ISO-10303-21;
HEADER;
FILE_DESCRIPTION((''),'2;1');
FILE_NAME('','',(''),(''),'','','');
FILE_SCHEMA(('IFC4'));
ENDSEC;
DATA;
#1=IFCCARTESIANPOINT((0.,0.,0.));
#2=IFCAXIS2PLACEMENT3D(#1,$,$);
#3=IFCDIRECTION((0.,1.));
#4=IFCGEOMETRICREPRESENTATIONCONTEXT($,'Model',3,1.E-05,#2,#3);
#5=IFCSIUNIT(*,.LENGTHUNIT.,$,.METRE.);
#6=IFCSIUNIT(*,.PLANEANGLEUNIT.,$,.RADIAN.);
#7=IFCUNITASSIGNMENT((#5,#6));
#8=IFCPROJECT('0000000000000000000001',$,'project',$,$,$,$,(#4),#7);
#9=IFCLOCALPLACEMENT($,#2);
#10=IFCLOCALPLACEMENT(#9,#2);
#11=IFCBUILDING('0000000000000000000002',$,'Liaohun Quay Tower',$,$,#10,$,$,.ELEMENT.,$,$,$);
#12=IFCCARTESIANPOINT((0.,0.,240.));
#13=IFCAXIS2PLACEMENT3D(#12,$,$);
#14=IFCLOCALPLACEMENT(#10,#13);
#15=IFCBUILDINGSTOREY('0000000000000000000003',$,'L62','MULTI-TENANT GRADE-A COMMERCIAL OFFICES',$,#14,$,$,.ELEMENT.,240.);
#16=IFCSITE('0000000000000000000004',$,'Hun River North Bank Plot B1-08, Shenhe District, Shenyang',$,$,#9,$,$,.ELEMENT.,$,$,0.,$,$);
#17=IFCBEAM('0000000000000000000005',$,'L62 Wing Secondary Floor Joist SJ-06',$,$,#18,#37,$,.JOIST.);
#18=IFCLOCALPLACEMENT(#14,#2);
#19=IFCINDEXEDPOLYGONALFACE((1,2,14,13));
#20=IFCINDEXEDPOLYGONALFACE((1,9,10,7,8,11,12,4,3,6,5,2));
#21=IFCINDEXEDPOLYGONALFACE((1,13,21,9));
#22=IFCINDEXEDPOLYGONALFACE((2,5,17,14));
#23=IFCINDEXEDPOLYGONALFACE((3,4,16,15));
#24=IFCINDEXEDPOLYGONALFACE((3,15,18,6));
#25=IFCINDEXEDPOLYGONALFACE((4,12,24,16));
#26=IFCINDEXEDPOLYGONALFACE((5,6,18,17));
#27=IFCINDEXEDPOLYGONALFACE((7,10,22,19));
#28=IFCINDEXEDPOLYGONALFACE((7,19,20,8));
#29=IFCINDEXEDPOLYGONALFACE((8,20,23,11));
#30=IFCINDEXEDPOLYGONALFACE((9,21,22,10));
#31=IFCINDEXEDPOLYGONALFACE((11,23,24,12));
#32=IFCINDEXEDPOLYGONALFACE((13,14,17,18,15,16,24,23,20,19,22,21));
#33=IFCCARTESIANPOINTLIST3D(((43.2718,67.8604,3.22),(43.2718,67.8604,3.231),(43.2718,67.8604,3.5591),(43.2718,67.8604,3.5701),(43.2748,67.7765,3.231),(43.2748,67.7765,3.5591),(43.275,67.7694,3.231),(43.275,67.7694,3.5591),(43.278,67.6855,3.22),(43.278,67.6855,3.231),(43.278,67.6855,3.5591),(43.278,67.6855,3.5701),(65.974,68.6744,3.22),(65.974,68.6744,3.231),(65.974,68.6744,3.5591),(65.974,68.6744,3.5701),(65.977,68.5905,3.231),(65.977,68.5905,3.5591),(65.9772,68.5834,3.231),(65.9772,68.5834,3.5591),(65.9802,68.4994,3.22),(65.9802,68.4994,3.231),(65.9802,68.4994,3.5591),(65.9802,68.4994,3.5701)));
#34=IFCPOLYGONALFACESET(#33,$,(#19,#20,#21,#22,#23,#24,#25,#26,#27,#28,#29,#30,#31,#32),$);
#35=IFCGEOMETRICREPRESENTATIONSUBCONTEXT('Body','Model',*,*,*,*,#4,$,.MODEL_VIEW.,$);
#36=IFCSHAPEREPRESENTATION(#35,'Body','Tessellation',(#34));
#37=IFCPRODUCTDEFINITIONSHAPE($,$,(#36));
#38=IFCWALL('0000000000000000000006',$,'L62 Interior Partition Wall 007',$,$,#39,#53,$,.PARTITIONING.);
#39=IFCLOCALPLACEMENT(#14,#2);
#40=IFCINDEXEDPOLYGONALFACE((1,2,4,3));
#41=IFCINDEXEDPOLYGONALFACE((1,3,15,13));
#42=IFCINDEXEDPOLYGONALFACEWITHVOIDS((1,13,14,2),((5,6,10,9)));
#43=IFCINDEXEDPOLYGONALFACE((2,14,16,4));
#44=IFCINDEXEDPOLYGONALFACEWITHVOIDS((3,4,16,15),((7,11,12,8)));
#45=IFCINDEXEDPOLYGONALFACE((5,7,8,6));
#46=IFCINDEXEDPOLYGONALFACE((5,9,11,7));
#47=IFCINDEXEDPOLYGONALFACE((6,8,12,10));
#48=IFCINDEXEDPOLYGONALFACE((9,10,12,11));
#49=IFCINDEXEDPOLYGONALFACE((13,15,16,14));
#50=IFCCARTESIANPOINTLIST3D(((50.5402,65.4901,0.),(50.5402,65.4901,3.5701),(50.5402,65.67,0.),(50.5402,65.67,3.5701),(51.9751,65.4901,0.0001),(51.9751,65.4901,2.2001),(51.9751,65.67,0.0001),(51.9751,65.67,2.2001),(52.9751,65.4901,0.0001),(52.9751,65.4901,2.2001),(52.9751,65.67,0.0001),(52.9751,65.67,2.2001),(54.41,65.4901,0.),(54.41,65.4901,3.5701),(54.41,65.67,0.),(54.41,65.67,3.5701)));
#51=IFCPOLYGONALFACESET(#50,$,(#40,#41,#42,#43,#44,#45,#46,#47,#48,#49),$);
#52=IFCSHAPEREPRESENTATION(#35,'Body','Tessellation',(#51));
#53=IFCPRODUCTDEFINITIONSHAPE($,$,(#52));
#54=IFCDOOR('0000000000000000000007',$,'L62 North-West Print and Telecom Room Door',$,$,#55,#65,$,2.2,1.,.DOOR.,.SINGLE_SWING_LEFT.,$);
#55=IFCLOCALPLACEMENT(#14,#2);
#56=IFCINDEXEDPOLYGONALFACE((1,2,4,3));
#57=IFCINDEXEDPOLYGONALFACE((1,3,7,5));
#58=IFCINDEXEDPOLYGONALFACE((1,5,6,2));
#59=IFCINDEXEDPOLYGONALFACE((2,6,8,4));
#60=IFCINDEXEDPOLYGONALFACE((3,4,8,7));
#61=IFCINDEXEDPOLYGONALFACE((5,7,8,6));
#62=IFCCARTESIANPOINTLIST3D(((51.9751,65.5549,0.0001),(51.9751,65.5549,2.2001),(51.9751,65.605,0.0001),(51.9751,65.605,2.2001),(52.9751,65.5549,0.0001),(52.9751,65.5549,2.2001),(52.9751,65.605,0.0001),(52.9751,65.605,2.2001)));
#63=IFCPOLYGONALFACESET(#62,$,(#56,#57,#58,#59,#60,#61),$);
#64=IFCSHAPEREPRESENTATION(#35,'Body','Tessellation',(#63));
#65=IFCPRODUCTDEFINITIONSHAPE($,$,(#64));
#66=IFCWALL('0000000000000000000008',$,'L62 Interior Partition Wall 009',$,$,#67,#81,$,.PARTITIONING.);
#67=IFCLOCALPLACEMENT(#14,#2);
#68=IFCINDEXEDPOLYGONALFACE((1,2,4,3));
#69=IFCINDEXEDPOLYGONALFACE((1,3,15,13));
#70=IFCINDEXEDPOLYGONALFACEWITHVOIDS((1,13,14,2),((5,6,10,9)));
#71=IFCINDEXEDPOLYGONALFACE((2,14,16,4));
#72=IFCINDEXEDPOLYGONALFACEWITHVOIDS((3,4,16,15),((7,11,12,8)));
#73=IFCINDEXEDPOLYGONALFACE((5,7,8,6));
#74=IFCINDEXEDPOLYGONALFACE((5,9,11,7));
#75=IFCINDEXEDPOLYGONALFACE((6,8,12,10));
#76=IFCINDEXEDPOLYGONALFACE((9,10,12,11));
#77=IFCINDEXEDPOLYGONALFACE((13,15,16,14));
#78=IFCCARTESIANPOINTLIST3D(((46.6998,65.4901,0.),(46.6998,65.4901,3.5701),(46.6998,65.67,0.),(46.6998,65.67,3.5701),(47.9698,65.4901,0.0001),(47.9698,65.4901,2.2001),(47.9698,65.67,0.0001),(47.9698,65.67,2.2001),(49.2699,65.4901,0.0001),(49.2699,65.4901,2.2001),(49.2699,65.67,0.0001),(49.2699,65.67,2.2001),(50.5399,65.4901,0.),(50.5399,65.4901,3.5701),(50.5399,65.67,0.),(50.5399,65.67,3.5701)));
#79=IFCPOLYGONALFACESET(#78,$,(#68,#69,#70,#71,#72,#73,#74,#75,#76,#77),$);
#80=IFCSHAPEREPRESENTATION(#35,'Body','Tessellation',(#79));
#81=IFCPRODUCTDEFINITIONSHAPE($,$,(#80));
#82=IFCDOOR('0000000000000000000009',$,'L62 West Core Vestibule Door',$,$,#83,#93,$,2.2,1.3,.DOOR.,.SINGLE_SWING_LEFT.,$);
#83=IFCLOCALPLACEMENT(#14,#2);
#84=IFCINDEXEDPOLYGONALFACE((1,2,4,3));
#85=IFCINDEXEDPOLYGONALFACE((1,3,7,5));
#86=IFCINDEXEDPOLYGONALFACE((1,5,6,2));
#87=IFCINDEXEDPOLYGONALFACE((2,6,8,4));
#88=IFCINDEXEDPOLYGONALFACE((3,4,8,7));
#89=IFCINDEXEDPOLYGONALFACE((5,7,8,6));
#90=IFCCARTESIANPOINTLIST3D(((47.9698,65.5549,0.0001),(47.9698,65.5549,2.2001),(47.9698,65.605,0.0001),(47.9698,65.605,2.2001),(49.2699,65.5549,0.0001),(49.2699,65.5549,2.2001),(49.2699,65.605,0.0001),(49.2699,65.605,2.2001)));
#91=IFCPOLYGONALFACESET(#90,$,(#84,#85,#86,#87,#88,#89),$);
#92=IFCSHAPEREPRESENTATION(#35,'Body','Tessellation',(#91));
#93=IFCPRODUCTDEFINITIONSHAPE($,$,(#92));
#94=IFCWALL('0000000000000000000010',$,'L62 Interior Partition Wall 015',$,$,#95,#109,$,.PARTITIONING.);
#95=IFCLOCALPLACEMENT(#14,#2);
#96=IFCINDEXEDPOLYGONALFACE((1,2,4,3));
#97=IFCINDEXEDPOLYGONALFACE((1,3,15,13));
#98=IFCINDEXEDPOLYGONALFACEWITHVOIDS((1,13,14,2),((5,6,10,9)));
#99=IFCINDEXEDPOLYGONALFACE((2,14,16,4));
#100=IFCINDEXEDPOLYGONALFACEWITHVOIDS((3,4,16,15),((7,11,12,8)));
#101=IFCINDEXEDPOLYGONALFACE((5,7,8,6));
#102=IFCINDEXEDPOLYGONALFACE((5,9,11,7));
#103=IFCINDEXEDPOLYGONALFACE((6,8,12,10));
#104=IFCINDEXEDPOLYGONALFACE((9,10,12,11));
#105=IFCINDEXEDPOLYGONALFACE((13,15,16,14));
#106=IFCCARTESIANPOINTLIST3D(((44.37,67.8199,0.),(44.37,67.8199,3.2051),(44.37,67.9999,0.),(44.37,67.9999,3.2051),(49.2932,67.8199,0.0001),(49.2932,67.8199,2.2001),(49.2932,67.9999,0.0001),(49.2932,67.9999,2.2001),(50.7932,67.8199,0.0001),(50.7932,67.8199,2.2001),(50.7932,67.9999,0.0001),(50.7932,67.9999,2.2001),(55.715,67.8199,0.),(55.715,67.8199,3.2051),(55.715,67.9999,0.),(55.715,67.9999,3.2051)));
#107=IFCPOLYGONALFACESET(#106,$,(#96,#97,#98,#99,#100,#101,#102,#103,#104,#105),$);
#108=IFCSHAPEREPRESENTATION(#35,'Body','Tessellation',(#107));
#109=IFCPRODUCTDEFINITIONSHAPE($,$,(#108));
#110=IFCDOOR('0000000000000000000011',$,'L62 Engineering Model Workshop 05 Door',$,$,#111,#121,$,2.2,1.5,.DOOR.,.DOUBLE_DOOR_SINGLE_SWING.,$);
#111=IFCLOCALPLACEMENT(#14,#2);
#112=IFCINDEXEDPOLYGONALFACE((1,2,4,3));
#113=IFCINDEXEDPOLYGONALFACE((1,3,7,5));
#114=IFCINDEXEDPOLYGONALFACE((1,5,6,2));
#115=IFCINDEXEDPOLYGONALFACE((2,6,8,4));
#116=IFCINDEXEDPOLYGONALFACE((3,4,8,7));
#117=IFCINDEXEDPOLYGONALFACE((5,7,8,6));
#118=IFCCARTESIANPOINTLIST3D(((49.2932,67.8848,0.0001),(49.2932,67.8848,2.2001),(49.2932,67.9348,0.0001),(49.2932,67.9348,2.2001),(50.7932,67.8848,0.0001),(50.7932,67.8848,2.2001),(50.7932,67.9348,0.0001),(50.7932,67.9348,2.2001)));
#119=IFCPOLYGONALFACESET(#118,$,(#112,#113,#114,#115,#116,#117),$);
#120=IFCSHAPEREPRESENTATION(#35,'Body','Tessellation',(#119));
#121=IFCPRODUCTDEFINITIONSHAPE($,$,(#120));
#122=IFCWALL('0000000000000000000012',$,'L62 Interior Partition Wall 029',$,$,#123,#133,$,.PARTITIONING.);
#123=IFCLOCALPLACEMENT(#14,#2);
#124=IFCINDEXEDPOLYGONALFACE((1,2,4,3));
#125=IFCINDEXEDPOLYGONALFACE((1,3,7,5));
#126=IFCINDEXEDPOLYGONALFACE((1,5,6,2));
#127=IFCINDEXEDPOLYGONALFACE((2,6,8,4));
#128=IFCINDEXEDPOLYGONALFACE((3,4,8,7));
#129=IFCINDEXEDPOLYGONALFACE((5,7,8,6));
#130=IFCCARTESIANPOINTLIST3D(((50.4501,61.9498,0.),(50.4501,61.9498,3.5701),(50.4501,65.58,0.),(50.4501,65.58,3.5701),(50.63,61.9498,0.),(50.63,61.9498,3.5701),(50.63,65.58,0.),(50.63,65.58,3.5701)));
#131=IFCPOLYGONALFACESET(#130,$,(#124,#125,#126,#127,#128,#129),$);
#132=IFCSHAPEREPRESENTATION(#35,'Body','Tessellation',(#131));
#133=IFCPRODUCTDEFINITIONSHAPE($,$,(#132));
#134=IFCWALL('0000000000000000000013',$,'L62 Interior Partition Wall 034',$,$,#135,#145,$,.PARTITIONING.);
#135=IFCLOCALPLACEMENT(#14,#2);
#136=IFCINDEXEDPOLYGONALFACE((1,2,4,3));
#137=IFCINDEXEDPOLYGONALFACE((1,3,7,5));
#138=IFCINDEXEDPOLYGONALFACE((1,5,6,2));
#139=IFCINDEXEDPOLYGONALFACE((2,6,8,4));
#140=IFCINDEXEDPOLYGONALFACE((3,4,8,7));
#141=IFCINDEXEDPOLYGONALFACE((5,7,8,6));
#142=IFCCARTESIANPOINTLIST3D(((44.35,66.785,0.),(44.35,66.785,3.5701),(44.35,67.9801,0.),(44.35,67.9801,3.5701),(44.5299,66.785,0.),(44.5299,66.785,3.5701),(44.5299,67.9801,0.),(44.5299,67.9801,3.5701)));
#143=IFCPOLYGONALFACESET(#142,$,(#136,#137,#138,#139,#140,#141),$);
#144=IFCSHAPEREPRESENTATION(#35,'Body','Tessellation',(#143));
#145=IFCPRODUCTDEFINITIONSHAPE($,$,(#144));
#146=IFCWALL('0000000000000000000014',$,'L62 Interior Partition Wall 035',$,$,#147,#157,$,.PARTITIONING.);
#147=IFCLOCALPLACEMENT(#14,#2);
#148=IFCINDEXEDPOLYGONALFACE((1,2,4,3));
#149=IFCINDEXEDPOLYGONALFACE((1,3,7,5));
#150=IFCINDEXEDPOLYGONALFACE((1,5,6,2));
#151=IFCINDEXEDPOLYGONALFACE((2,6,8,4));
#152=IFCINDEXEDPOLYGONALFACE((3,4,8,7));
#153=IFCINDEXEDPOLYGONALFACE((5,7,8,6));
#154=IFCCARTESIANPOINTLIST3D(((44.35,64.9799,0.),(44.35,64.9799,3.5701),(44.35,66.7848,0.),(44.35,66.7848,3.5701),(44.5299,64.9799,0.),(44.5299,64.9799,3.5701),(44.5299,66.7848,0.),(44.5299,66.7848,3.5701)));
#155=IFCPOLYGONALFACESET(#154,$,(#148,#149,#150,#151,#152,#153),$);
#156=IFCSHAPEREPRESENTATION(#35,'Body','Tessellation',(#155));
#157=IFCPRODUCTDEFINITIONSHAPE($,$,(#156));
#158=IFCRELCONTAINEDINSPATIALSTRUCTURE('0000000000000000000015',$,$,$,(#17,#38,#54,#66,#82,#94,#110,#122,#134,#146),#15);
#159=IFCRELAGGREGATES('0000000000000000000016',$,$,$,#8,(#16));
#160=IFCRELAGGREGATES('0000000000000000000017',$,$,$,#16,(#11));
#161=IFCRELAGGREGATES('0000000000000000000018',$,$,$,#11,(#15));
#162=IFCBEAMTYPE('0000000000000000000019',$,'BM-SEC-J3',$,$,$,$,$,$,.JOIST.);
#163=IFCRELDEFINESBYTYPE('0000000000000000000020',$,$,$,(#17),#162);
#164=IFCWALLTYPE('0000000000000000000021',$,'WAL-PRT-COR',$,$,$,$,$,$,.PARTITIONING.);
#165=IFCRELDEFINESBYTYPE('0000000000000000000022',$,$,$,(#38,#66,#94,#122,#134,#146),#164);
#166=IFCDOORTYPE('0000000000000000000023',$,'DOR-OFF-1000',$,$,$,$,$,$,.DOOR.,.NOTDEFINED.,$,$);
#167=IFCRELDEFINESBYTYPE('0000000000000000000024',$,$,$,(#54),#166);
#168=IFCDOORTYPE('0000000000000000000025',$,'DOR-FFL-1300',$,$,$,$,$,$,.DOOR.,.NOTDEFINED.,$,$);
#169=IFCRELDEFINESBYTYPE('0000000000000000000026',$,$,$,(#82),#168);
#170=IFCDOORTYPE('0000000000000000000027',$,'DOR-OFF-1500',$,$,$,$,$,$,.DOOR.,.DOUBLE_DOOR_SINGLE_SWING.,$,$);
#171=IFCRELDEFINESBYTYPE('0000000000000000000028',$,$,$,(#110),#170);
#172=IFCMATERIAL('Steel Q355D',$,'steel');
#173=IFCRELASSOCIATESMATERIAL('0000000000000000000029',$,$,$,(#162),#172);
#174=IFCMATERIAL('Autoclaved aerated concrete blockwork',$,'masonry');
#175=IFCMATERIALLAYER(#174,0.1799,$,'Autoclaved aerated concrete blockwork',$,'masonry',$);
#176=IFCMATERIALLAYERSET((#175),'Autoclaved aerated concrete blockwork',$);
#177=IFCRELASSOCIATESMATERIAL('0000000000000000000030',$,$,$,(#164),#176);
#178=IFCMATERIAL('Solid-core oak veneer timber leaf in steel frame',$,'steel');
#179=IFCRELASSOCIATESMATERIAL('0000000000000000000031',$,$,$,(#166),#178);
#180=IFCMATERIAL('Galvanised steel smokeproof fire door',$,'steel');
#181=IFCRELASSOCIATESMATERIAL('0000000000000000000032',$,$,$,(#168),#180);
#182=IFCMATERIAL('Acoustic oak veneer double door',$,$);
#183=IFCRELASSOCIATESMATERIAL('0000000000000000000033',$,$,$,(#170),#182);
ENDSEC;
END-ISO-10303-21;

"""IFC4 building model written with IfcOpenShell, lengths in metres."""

from ifc_helpers import new_model, si_unit, direction, frame, frame_2d, origin, origin_2d, place, context, subcontext, project, spatial, rectangle, i_section, extrude, source, transform, mapped, material, layer, layer_set, material_profile, profile_set, type_object, element, fill, save


model = new_model("IFC4")

# Units and contexts
model_context = context("Model", 3, precision=1e-05, world=origin(), true_north=direction((0.0, 1.0)))
body_context = subcontext(model_context, "Body", "Model", "MODEL_VIEW")
ifc_project = project(units=[si_unit("LENGTHUNIT", "METRE"), si_unit("PLANEANGLEUNIT", "RADIAN")], contexts=[model_context])

# Site, building, storey
site_placement = place(None, origin())
site = spatial("IfcSite", under=ifc_project, at=site_placement, Name="Hun River North Bank Plot B1-08, Shenhe District, Shenyang", CompositionType="ELEMENT", RefElevation=0.0)
building_placement = place(site_placement, origin())
building = spatial("IfcBuilding", under=site, at=building_placement, Name="Liaohun Quay Tower", CompositionType="ELEMENT")
storey_placement = place(building_placement, frame((0.0, 0.0, 240.0)))
storey = spatial("IfcBuildingStorey", under=building, at=storey_placement, Name="L62", Description="MULTI-TENANT GRADE-A COMMERCIAL OFFICES", CompositionType="ELEMENT", Elevation=240.0)

# Beam
ifc_material_1 = material(Name="Steel Q355D", Category="steel")
ifc_material_profile = material_profile(ifc_material_1, i_section(OverallWidth=0.175, OverallDepth=0.3501, WebThickness=0.0071, FlangeThickness=0.011, at=origin_2d()), Name="HN350x175x7x11")
ifc_profile_set = profile_set([ifc_material_profile], Name="Steel Q355D")
beam_type = type_object("IfcBeamType", Name="BM-SEC-J3", PredefinedType="JOIST", material=ifc_profile_set)
shared_shape_1 = source(origin(), body_context, "Body", "SweptSolid", [
    extrude(i_section(OverallWidth=0.175, OverallDepth=0.3501, WebThickness=0.0071, FlangeThickness=0.011, at=origin_2d()), origin(), (0.0, 0.0, 1.0), 22.7168),
])
beam_placement = place(storey_placement, frame((43.2749, 67.7729, 3.395), z_axis=(0.999358, 0.035831, 0.0), x_axis=(-0.035831, 0.999358, 0.0)))
element("IfcBeam", 1, at=beam_placement, inside=storey, type_object=beam_type, Name="L62 Wing Secondary Floor Joist SJ-06", PredefinedType="JOIST", context=body_context, shape_type="MappedRepresentation", body=[
    mapped(shared_shape_1, transform((0.0, 0.0, 0.0), x_axis=(1.0, 0.0, 0.0), y_axis=(0.0, 1.0, 0.0), z_axis=(0.0, 0.0, 1.0), scale=1.0)),
])

# Walls, openings, doors
ifc_material_2 = material(Name="Autoclaved aerated concrete blockwork", Category="masonry")
ifc_layer_1 = layer(ifc_material_2, 0.1799, Name="Autoclaved aerated concrete blockwork", Category="masonry")
ifc_layer_set_1 = layer_set([ifc_layer_1], Name="Autoclaved aerated concrete blockwork")
wall_type_1 = type_object("IfcWallType", Name="WAL-PRT-COR", PredefinedType="PARTITIONING", material=ifc_layer_set_1)
wall_1_placement = place(storey_placement, frame((50.54, 65.5801, 0.0), z_axis=(0.0, 0.0, 1.0), x_axis=(1.0, 0.0, 0.0)))
wall_1 = element("IfcWall", 2, at=wall_1_placement, inside=storey, type_object=wall_type_1, Name="L62 Interior Partition Wall 007", PredefinedType="PARTITIONING", context=body_context, shape_type="SweptSolid", body=[
    extrude(rectangle(XDim=3.8699, YDim=0.1799, at=frame_2d((1.9351, 0.0))), origin(), (0.0, 0.0, 1.0), 3.5701),
])
shared_shape_2 = source(origin(), body_context, "Body", "SweptSolid", [
    extrude(rectangle(XDim=1.0, YDim=2.2, at=frame_2d((0.5, 1.1001))), frame((0.0, 0.0999, 0.0), z_axis=(0.0, -1.0, 0.0), x_axis=(1.0, 0.0, 0.0)), (0.0, 0.0, 1.0), 0.2),
])
opening_1_placement = place(wall_1_placement, frame((1.4351, 0.0, 0.0)))
opening_1 = element("IfcOpeningElement", 3, at=opening_1_placement, cuts=wall_1, PredefinedType="OPENING", context=body_context, shape_type="MappedRepresentation", body=[
    mapped(shared_shape_2, transform((0.0, 0.0, 0.0), x_axis=(1.0, 0.0, 0.0), y_axis=(0.0, 1.0, 0.0), z_axis=(0.0, 0.0, 1.0), scale=1.0)),
])
ifc_material_3 = material(Name="Solid-core oak veneer timber leaf in steel frame", Category="steel")
door_type_1 = type_object("IfcDoorType", Name="DOR-OFF-1000", OperationType="NOTDEFINED", PredefinedType="DOOR", material=ifc_material_3)
shared_shape_3 = source(origin(), body_context, "Body", "SweptSolid", [
    extrude(rectangle(XDim=1.0, YDim=2.2, at=frame_2d((0.5, 1.1001))), frame((0.0, 0.0249, 0.0), z_axis=(0.0, -1.0, 0.0), x_axis=(1.0, 0.0, 0.0)), (0.0, 0.0, 1.0), 0.05),
])
door_1_placement = place(opening_1_placement, origin())
door_1 = element("IfcDoor", 4, at=door_1_placement, inside=storey, type_object=door_type_1, Name="L62 North-West Print and Telecom Room Door", OperationType="SINGLE_SWING_LEFT", OverallHeight=2.2, OverallWidth=1.0, PredefinedType="DOOR", context=body_context, shape_type="MappedRepresentation", body=[
    mapped(shared_shape_3, transform((0.0, 0.0, 0.0), x_axis=(1.0, 0.0, 0.0), y_axis=(0.0, 1.0, 0.0), z_axis=(0.0, 0.0, 1.0), scale=1.0)),
])
fill(opening_1, door_1)
wall_2_placement = place(storey_placement, frame((46.7, 65.5801, 0.0), z_axis=(0.0, 0.0, 1.0), x_axis=(1.0, 0.0, 0.0)))
wall_2 = element("IfcWall", 5, at=wall_2_placement, inside=storey, type_object=wall_type_1, Name="L62 Interior Partition Wall 009", PredefinedType="PARTITIONING", context=body_context, shape_type="SweptSolid", body=[
    extrude(rectangle(XDim=3.8401, YDim=0.1799, at=frame_2d((1.9199, 0.0))), origin(), (0.0, 0.0, 1.0), 3.5701),
])
shared_shape_4 = source(origin(), body_context, "Body", "SweptSolid", [
    extrude(rectangle(XDim=1.3, YDim=2.2, at=frame_2d((0.6499, 1.1001))), frame((0.0, 0.0999, 0.0), z_axis=(0.0, -1.0, 0.0), x_axis=(1.0, 0.0, 0.0)), (0.0, 0.0, 1.0), 0.2),
])
opening_2_placement = place(wall_2_placement, frame((1.27, 0.0, 0.0)))
opening_2 = element("IfcOpeningElement", 6, at=opening_2_placement, cuts=wall_2, PredefinedType="OPENING", context=body_context, shape_type="MappedRepresentation", body=[
    mapped(shared_shape_4, transform((0.0, 0.0, 0.0), x_axis=(1.0, 0.0, 0.0), y_axis=(0.0, 1.0, 0.0), z_axis=(0.0, 0.0, 1.0), scale=1.0)),
])
ifc_material_4 = material(Name="Galvanised steel smokeproof fire door", Category="steel")
door_type_2 = type_object("IfcDoorType", Name="DOR-FFL-1300", OperationType="NOTDEFINED", PredefinedType="DOOR", material=ifc_material_4)
shared_shape_5 = source(origin(), body_context, "Body", "SweptSolid", [
    extrude(rectangle(XDim=1.3, YDim=2.2, at=frame_2d((0.6499, 1.1001))), frame((0.0, 0.0249, 0.0), z_axis=(0.0, -1.0, 0.0), x_axis=(1.0, 0.0, 0.0)), (0.0, 0.0, 1.0), 0.05),
])
door_2_placement = place(opening_2_placement, origin())
door_2 = element("IfcDoor", 7, at=door_2_placement, inside=storey, type_object=door_type_2, Name="L62 West Core Vestibule Door", OperationType="SINGLE_SWING_LEFT", OverallHeight=2.2, OverallWidth=1.3, PredefinedType="DOOR", context=body_context, shape_type="MappedRepresentation", body=[
    mapped(shared_shape_5, transform((0.0, 0.0, 0.0), x_axis=(1.0, 0.0, 0.0), y_axis=(0.0, 1.0, 0.0), z_axis=(0.0, 0.0, 1.0), scale=1.0)),
])
fill(opening_2, door_2)
wall_3_placement = place(storey_placement, frame((44.3701, 67.9099, 0.0), z_axis=(0.0, 0.0, 1.0), x_axis=(1.0, 0.0, 0.0)))
wall_3 = element("IfcWall", 8, at=wall_3_placement, inside=storey, type_object=wall_type_1, Name="L62 Interior Partition Wall 015", PredefinedType="PARTITIONING", context=body_context, shape_type="SweptSolid", body=[
    extrude(rectangle(XDim=11.345, YDim=0.1799, at=frame_2d((5.6724, 0.0))), origin(), (0.0, 0.0, 1.0), 3.2051),
])
shared_shape_6 = source(origin(), body_context, "Body", "SweptSolid", [
    extrude(rectangle(XDim=1.5, YDim=2.2, at=frame_2d((0.75, 1.1001))), frame((0.0, 0.0999, 0.0), z_axis=(0.0, -1.0, 0.0), x_axis=(1.0, 0.0, 0.0)), (0.0, 0.0, 1.0), 0.2),
])
opening_3_placement = place(wall_3_placement, frame((4.9231, 0.0, 0.0)))
opening_3 = element("IfcOpeningElement", 9, at=opening_3_placement, cuts=wall_3, PredefinedType="OPENING", context=body_context, shape_type="MappedRepresentation", body=[
    mapped(shared_shape_6, transform((0.0, 0.0, 0.0), x_axis=(1.0, 0.0, 0.0), y_axis=(0.0, 1.0, 0.0), z_axis=(0.0, 0.0, 1.0), scale=1.0)),
])
ifc_material_5 = material(Name="Acoustic oak veneer double door")
door_type_3 = type_object("IfcDoorType", Name="DOR-OFF-1500", OperationType="DOUBLE_DOOR_SINGLE_SWING", PredefinedType="DOOR", material=ifc_material_5)
shared_shape_7 = source(origin(), body_context, "Body", "SweptSolid", [
    extrude(rectangle(XDim=1.5, YDim=2.2, at=frame_2d((0.75, 1.1001))), frame((0.0, 0.0249, 0.0), z_axis=(0.0, -1.0, 0.0), x_axis=(1.0, 0.0, 0.0)), (0.0, 0.0, 1.0), 0.05),
])
door_3_placement = place(opening_3_placement, origin())
door_3 = element("IfcDoor", 10, at=door_3_placement, inside=storey, type_object=door_type_3, Name="L62 Engineering Model Workshop 05 Door", OperationType="DOUBLE_DOOR_SINGLE_SWING", OverallHeight=2.2, OverallWidth=1.5, PredefinedType="DOOR", context=body_context, shape_type="MappedRepresentation", body=[
    mapped(shared_shape_7, transform((0.0, 0.0, 0.0), x_axis=(1.0, 0.0, 0.0), y_axis=(0.0, 1.0, 0.0), z_axis=(0.0, 0.0, 1.0), scale=1.0)),
])
fill(opening_3, door_3)

# Walls
wall_4_placement = place(storey_placement, frame((50.54, 61.95, 0.0), z_axis=(0.0, 0.0, 1.0), x_axis=(0.0, 1.0, 0.0)))
element("IfcWall", 11, at=wall_4_placement, inside=storey, type_object=wall_type_1, Name="L62 Interior Partition Wall 029", PredefinedType="PARTITIONING", context=body_context, shape_type="SweptSolid", body=[
    extrude(rectangle(XDim=3.6301, YDim=0.1799, at=frame_2d((1.8149, 0.0))), origin(), (0.0, 0.0, 1.0), 3.5701),
])
wall_5_placement = place(storey_placement, frame((44.4399, 66.7849, 0.0), z_axis=(0.0, 0.0, 1.0), x_axis=(0.0, 1.0, 0.0)))
element("IfcWall", 12, at=wall_5_placement, inside=storey, type_object=wall_type_1, Name="L62 Interior Partition Wall 034", PredefinedType="PARTITIONING", context=body_context, shape_type="SweptSolid", body=[
    extrude(rectangle(XDim=1.1951, YDim=0.1799, at=frame_2d((0.5977, 0.0))), origin(), (0.0, 0.0, 1.0), 3.5701),
])
wall_6_placement = place(storey_placement, frame((44.4399, 64.98, 0.0), z_axis=(0.0, 0.0, 1.0), x_axis=(0.0, 1.0, 0.0)))
element("IfcWall", 13, at=wall_6_placement, inside=storey, type_object=wall_type_1, Name="L62 Interior Partition Wall 035", PredefinedType="PARTITIONING", context=body_context, shape_type="SweptSolid", body=[
    extrude(rectangle(XDim=1.8049, YDim=0.1799, at=frame_2d((0.9023, 0.0))), origin(), (0.0, 0.0, 1.0), 3.5701),
])

save(model, "model.ifc")
